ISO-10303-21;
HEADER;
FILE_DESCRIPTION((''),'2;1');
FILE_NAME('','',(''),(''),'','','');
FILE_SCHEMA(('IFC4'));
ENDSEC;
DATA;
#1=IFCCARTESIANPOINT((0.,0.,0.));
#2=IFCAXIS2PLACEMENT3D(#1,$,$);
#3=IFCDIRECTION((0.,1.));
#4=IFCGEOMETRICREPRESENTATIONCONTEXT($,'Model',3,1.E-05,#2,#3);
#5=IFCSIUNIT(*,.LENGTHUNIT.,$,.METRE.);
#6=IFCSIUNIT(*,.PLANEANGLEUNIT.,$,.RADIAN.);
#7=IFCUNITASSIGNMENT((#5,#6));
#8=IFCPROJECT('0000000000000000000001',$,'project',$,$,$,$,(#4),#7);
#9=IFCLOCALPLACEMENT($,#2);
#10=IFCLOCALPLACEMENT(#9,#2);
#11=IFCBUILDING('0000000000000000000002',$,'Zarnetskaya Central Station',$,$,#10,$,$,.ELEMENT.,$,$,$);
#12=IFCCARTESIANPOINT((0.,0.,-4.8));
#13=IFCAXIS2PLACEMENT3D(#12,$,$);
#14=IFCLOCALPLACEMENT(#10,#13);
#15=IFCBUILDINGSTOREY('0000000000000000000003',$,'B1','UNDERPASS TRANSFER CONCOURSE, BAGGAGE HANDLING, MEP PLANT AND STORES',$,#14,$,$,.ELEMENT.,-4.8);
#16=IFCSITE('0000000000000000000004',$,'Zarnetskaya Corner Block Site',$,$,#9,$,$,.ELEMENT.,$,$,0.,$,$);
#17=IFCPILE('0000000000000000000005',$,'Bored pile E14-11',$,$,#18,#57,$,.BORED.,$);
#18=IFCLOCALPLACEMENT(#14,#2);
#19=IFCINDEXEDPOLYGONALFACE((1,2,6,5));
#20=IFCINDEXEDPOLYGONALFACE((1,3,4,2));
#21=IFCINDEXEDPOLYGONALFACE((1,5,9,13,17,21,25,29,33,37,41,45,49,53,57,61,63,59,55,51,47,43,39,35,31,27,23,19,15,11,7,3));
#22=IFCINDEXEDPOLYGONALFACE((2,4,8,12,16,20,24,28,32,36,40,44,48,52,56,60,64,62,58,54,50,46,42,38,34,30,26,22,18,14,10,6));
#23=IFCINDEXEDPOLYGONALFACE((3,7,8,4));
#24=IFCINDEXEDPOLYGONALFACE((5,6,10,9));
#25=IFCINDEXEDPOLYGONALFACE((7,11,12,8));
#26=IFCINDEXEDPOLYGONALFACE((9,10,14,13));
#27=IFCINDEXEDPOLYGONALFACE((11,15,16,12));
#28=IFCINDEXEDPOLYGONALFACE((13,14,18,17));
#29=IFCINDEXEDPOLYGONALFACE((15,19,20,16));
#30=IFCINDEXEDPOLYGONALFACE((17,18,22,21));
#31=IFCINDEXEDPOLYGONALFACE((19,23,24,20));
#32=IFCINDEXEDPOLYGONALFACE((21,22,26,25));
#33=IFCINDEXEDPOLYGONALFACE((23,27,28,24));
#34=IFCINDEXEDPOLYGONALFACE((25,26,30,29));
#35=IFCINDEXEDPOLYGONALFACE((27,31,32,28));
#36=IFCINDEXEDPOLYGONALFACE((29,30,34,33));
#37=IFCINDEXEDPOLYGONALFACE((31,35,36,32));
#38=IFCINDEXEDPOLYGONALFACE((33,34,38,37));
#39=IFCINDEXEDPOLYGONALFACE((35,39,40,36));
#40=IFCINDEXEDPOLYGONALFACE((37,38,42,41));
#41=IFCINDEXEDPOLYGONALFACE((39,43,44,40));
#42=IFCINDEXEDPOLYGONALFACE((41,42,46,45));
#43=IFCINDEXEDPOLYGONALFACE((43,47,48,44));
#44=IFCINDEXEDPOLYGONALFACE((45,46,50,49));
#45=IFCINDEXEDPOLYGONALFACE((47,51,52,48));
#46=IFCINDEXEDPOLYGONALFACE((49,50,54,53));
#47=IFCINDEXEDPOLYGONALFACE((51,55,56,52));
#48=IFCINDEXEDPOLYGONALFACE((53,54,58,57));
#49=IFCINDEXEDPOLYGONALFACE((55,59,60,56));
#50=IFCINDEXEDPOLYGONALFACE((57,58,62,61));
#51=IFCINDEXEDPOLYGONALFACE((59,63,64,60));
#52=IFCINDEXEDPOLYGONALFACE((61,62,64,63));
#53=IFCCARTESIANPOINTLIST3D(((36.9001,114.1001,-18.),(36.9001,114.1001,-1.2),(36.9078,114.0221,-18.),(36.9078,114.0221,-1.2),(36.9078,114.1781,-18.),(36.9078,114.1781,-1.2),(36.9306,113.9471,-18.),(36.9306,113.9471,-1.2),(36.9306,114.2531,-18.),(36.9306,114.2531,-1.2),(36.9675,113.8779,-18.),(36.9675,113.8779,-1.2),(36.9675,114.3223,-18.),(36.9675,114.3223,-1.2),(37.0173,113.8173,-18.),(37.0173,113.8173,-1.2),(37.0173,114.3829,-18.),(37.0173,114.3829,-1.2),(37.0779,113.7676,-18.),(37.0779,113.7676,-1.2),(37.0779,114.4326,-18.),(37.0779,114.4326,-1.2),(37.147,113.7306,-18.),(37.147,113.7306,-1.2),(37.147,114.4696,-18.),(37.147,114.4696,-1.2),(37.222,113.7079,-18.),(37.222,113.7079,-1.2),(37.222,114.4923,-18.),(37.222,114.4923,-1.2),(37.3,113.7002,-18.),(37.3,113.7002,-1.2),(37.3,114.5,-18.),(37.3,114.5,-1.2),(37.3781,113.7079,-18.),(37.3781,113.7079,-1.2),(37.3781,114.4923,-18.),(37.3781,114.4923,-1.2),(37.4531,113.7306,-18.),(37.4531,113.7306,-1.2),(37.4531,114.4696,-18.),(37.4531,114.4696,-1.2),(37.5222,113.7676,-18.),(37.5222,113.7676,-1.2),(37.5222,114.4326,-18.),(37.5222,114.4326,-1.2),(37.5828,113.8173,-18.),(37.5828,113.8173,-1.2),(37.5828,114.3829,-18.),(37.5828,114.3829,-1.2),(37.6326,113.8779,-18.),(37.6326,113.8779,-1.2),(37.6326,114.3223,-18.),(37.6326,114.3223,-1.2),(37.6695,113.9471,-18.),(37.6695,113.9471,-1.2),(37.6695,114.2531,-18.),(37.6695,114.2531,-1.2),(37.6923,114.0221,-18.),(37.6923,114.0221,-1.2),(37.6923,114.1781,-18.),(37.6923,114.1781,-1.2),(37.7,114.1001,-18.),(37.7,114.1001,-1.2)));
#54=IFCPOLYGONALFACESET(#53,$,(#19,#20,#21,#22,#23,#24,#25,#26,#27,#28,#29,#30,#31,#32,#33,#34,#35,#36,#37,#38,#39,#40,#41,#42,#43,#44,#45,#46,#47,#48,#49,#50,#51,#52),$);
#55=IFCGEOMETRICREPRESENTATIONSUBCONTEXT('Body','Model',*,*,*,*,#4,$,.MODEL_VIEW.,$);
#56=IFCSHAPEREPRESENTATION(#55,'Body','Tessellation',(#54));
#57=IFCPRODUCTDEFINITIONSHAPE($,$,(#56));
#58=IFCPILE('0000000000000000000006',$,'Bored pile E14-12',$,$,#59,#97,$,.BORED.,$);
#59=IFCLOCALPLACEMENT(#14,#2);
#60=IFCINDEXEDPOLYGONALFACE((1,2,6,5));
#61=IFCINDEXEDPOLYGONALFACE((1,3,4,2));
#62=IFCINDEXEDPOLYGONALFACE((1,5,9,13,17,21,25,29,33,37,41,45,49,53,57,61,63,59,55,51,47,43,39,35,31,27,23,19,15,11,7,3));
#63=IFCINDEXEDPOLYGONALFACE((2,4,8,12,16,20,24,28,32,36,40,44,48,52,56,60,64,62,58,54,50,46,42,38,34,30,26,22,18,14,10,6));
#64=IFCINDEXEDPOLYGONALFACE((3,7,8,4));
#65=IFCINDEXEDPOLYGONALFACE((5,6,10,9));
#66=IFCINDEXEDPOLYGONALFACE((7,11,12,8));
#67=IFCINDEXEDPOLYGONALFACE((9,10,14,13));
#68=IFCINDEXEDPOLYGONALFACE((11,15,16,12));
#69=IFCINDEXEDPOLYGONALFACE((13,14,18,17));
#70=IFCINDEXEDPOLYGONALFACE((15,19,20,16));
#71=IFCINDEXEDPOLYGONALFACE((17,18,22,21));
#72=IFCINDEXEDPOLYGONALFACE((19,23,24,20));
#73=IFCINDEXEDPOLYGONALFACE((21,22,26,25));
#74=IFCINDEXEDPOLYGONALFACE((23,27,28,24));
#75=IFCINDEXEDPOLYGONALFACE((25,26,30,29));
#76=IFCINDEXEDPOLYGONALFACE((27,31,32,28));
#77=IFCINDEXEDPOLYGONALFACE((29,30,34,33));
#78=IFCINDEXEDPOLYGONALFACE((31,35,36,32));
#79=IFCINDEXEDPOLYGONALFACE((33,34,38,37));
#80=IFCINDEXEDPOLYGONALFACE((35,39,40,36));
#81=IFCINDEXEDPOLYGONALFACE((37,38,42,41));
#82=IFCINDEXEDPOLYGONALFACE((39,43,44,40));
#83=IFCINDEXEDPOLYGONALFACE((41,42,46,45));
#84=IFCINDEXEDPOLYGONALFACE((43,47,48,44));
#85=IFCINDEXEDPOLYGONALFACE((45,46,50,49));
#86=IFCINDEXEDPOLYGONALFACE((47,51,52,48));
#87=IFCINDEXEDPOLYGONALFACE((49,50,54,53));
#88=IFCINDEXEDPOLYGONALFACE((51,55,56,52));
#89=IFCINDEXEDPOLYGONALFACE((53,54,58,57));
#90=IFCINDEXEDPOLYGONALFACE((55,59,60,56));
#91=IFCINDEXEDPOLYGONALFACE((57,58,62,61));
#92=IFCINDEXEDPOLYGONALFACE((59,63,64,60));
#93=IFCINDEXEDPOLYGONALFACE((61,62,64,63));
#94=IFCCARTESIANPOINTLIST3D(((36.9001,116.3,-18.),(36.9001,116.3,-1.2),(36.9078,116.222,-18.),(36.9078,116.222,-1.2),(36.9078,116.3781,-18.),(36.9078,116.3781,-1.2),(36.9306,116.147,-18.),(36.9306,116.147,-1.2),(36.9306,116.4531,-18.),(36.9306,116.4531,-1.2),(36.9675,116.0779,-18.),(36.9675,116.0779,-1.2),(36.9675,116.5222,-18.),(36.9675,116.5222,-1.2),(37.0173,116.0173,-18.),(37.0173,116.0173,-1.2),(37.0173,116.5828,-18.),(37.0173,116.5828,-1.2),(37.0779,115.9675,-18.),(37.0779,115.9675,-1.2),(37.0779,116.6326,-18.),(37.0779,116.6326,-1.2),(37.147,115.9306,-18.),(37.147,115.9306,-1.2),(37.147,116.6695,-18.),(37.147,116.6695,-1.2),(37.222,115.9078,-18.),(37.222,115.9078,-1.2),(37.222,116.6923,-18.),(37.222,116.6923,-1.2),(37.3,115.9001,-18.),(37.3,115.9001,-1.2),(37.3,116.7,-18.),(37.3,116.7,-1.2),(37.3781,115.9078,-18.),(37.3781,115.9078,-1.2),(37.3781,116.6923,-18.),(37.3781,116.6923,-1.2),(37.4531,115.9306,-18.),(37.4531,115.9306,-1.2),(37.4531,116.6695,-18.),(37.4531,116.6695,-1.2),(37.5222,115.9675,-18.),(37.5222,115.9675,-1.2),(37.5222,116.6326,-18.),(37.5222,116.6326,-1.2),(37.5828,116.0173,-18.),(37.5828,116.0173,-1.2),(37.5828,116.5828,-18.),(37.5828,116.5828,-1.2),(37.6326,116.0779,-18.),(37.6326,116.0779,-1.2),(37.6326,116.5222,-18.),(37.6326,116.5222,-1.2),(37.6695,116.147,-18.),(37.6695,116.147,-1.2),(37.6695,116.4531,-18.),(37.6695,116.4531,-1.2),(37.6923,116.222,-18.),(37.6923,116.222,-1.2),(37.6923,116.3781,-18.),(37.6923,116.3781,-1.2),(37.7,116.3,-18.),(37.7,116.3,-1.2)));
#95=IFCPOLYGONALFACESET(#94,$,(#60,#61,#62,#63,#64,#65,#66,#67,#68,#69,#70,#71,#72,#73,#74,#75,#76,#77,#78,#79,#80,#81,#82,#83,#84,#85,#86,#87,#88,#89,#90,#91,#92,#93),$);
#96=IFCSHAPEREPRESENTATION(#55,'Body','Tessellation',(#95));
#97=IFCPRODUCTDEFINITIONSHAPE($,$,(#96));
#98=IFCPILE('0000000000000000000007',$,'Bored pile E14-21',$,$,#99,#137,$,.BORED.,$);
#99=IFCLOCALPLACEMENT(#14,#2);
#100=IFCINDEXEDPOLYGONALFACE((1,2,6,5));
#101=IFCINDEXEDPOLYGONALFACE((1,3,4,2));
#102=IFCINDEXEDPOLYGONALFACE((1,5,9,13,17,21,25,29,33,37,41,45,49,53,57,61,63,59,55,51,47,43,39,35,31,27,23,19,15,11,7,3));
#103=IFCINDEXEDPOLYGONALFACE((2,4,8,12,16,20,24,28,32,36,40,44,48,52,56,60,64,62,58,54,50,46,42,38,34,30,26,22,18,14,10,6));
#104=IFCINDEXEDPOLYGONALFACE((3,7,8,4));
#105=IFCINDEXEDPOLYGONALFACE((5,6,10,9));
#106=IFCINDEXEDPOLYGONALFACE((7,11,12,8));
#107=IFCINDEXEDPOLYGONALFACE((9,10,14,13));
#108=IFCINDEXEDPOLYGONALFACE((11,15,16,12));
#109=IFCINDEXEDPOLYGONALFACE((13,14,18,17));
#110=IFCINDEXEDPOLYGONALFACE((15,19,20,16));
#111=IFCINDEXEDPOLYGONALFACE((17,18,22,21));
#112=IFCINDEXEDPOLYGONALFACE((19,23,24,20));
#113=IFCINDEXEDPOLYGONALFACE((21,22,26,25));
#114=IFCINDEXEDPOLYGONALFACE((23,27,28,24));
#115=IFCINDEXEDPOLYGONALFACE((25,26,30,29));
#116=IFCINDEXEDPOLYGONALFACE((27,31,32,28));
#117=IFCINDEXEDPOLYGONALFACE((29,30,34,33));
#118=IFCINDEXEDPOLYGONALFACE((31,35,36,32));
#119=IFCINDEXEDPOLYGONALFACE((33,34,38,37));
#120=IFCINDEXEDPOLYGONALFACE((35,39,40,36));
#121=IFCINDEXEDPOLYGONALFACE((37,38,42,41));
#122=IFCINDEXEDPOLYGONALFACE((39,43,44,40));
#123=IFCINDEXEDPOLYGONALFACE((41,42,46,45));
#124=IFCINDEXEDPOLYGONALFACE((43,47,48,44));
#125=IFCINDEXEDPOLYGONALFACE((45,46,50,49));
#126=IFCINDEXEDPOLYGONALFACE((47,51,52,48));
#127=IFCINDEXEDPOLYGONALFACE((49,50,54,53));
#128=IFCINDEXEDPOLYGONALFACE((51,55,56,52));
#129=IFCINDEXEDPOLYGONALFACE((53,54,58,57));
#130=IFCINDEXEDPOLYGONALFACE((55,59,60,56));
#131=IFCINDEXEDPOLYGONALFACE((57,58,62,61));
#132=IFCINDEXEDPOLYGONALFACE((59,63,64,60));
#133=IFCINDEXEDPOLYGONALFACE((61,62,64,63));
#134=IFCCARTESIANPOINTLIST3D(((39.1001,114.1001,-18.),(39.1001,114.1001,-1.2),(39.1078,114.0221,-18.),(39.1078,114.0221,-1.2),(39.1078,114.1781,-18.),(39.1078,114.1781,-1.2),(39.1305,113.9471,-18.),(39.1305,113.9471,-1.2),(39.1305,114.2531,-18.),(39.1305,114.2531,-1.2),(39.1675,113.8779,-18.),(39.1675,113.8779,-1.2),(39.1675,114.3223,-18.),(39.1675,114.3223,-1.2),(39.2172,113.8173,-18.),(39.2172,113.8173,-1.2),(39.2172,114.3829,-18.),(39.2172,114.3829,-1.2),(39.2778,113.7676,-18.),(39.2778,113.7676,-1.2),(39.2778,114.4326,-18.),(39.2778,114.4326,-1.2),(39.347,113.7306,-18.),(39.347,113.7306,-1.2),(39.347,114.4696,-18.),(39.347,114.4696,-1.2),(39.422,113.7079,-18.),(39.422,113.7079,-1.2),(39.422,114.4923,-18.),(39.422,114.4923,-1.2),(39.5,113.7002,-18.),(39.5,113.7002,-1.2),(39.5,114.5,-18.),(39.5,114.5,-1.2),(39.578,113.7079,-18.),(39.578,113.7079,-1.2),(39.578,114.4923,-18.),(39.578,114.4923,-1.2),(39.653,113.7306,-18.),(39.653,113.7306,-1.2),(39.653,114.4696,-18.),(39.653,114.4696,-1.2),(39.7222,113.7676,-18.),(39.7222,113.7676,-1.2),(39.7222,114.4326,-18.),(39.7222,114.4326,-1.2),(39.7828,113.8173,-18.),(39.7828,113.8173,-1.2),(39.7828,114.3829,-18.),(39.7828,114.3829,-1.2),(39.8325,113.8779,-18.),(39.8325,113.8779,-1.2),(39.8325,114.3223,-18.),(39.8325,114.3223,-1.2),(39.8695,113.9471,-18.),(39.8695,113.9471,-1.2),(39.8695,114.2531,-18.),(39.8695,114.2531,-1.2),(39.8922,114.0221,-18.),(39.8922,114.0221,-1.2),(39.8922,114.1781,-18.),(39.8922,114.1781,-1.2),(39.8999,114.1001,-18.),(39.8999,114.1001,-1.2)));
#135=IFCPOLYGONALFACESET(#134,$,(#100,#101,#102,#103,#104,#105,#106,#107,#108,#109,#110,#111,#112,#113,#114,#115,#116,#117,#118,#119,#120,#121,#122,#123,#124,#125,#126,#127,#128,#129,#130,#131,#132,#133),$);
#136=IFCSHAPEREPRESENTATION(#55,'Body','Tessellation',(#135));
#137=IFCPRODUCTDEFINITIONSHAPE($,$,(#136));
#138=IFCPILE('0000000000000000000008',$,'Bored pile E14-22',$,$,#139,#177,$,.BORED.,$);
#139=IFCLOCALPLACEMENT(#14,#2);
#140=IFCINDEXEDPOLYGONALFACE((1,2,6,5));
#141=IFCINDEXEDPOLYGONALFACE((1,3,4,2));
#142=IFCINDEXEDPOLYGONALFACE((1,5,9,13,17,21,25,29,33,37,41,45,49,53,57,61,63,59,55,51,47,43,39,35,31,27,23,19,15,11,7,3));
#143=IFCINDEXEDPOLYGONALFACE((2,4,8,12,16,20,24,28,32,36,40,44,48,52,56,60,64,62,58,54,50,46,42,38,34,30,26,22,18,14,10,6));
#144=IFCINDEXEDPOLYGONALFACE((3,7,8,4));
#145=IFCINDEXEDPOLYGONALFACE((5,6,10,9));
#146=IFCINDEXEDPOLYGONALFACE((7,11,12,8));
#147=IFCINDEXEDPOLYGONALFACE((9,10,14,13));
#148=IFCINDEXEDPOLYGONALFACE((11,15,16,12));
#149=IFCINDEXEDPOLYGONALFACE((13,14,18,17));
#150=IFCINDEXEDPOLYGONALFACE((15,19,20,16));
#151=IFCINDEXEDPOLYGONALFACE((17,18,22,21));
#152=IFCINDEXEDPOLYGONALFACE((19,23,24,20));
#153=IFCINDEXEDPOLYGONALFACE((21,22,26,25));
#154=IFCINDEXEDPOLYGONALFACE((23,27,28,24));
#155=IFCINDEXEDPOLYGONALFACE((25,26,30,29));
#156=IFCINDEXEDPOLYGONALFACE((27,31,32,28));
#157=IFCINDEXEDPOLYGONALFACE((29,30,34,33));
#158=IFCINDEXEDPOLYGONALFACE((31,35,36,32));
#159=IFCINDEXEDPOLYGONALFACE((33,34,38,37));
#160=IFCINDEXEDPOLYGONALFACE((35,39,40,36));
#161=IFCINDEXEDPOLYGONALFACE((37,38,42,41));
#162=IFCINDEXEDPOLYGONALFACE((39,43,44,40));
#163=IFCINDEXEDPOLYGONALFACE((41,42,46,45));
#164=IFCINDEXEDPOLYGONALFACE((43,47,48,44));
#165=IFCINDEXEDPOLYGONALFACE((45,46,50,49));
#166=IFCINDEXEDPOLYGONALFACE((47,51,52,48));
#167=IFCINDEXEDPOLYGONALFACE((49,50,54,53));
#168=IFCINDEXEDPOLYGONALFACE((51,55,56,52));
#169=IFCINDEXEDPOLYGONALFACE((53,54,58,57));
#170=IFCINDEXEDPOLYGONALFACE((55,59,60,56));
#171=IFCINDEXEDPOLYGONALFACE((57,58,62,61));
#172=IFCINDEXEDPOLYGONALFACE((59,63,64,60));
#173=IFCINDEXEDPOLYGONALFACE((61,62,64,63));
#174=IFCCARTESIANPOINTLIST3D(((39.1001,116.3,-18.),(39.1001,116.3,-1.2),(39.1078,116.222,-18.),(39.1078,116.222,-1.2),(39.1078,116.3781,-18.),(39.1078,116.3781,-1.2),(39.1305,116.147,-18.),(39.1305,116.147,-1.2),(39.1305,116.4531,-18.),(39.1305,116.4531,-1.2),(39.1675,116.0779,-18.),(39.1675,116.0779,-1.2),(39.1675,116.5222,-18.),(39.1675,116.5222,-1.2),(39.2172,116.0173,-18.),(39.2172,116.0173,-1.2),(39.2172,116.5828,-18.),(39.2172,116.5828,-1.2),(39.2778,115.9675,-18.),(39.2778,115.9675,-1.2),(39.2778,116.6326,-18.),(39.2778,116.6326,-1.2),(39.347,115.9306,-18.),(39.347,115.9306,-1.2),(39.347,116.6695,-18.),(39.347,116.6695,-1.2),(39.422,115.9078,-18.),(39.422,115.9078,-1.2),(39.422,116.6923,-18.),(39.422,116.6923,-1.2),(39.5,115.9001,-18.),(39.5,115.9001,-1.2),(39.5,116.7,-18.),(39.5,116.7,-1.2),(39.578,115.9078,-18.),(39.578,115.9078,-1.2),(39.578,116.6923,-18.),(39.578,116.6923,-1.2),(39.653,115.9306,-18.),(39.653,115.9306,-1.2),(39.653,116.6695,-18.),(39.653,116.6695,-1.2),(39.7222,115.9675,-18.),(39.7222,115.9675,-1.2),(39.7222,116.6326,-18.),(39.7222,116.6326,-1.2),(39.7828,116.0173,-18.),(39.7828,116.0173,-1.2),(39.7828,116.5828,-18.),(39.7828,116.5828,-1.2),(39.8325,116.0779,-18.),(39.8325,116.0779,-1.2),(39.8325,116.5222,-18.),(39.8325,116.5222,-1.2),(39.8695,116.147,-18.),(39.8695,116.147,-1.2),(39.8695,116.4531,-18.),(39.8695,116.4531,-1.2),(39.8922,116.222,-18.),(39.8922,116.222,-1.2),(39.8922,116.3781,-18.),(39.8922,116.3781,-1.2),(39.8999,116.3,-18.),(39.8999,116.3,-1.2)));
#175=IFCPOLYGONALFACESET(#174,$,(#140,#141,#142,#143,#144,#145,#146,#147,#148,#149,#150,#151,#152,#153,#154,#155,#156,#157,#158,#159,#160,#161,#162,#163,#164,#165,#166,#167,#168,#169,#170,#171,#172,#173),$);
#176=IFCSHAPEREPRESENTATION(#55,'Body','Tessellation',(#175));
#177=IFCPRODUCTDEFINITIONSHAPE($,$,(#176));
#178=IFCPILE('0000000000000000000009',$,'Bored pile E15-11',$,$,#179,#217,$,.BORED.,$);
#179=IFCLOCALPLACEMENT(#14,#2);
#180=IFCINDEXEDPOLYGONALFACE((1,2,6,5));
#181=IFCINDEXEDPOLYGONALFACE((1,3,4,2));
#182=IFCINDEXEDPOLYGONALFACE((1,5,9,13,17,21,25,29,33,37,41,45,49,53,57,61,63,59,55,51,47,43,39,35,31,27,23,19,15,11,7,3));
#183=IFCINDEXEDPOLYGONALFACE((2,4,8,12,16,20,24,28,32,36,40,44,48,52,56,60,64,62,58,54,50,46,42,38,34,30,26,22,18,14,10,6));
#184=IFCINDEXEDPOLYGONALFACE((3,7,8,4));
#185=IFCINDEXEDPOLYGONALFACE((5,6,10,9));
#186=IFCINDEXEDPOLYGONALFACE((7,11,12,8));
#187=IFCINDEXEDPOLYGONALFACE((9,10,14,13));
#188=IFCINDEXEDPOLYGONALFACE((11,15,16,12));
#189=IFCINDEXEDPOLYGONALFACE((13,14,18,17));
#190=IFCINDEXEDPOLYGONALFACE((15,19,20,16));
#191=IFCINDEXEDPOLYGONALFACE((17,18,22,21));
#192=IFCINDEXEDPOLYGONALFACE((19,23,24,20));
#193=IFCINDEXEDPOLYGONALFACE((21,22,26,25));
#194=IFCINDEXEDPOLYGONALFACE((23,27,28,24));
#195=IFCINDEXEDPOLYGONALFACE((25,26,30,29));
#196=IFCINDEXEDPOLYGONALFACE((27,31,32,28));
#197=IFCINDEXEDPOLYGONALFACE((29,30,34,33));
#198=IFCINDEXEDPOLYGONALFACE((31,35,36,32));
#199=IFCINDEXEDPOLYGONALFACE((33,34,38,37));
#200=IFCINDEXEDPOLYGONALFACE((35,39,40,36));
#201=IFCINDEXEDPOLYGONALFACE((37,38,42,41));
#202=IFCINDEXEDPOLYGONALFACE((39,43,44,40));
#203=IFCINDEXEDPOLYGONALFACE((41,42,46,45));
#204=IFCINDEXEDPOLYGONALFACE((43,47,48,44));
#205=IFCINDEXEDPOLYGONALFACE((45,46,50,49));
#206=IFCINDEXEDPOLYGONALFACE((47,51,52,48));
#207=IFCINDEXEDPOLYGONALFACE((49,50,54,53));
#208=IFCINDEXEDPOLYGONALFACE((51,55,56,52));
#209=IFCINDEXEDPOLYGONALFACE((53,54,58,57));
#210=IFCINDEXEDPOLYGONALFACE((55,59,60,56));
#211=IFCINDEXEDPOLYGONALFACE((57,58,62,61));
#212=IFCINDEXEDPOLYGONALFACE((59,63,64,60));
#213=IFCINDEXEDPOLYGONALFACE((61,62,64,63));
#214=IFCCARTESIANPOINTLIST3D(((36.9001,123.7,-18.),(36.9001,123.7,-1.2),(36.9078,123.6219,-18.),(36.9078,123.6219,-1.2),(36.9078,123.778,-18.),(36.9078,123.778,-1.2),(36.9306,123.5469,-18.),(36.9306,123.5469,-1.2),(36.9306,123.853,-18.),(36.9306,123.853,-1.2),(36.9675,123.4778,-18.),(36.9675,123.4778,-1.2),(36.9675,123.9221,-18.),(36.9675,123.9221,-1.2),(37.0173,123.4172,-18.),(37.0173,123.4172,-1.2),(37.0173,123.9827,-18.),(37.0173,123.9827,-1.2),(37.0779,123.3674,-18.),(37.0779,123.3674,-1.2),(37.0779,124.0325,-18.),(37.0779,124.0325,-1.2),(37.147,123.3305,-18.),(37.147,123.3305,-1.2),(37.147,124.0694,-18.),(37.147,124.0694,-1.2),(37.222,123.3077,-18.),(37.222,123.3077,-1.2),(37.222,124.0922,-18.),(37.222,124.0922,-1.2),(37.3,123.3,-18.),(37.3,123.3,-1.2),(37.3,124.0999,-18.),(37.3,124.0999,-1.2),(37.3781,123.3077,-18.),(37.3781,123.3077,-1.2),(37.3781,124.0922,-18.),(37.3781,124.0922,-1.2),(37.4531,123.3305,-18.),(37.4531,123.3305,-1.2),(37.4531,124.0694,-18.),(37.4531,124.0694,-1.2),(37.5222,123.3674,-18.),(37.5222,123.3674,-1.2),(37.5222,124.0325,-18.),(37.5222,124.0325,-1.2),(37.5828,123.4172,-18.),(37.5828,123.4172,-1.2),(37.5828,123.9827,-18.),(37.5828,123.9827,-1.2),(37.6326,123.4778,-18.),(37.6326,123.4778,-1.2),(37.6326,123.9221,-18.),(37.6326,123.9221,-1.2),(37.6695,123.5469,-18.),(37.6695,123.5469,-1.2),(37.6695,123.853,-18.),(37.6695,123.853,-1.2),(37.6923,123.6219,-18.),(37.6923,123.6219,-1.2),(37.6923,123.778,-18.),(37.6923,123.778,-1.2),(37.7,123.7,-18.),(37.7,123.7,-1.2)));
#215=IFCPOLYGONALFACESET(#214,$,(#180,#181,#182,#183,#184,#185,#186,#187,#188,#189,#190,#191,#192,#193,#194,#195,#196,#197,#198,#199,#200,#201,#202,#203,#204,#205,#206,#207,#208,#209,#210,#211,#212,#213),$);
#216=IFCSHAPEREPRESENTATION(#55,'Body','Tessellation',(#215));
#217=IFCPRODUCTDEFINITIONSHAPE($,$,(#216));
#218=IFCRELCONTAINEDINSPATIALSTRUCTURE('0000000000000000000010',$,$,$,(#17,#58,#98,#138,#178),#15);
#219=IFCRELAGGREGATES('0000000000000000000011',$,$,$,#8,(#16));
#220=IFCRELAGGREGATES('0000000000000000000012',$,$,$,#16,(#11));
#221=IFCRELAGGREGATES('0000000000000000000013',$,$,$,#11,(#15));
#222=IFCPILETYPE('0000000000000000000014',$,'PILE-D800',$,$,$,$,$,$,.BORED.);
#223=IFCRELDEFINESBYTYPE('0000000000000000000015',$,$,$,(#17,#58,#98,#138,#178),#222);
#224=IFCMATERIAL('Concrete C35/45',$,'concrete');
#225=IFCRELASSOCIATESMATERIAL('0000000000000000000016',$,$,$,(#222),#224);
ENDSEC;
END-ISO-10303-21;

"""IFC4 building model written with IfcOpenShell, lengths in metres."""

from ifc_helpers import new_model, si_unit, direction, frame, origin, origin_2d, place, context, subcontext, project, spatial, circle, extrude, material, material_profile, profile_set, type_object, element, save


model = new_model("IFC4")

# Units and contexts
model_context = context("Model", 3, precision=1e-05, world=origin(), true_north=direction((0.0, 1.0)))
body_context = subcontext(model_context, "Body", "Model", "MODEL_VIEW")
ifc_project = project(units=[si_unit("LENGTHUNIT", "METRE"), si_unit("PLANEANGLEUNIT", "RADIAN")], contexts=[model_context])

# Site, building, storey
site_placement = place(None, origin())
site = spatial("IfcSite", under=ifc_project, at=site_placement, Name="Zarnetskaya Corner Block Site", CompositionType="ELEMENT", RefElevation=0.0)
building_placement = place(site_placement, origin())
building = spatial("IfcBuilding", under=site, at=building_placement, Name="Zarnetskaya Central Station", CompositionType="ELEMENT")
storey_placement = place(building_placement, frame((0.0, 0.0, -4.8)))
storey = spatial("IfcBuildingStorey", under=building, at=storey_placement, Name="B1", Description="UNDERPASS TRANSFER CONCOURSE, BAGGAGE HANDLING, MEP PLANT AND STORES", CompositionType="ELEMENT", Elevation=-4.8)

# Shared definitions
ifc_material = material(Name="Concrete C35/45", Category="concrete")

# Piles
ifc_material_profile_1 = material_profile(ifc_material, circle(Radius=0.3999, at=origin_2d()), Name="BORED PILE D800")
ifc_profile_set_1 = profile_set([ifc_material_profile_1], Name="Concrete C35/45")
pile_type = type_object("IfcPileType", Name="PILE-D800", PredefinedType="BORED", material=ifc_profile_set_1)
for number, where, z_axis, x_axis, name in (
    (1, (37.3, 114.1001, -1.2), (0.0, 0.0, -1.0), (1.0, 0.0, 0.0), "Bored pile E14-11"),
    (2, (37.3, 116.3, -1.2), (0.0, 0.0, -1.0), (1.0, 0.0, 0.0), "Bored pile E14-12"),
    (3, (39.5, 114.1001, -1.2), (0.0, 0.0, -1.0), (1.0, 0.0, 0.0), "Bored pile E14-21"),
    (4, (39.5, 116.3, -1.2), (0.0, 0.0, -1.0), (1.0, 0.0, 0.0), "Bored pile E14-22"),
    (5, (37.3, 123.7, -1.2), (0.0, 0.0, -1.0), (1.0, 0.0, 0.0), "Bored pile E15-11"),
):
    element("IfcPile", number, at=place(storey_placement, frame(where, z_axis=z_axis, x_axis=x_axis)), inside=storey, type_object=pile_type, Name=name, PredefinedType="BORED", context=body_context, shape_type="SweptSolid", body=[
        extrude(circle(Radius=0.3999, at=origin_2d()), origin(), (0.0, 0.0, 1.0), 16.8),
    ])

save(model, "model.ifc")
